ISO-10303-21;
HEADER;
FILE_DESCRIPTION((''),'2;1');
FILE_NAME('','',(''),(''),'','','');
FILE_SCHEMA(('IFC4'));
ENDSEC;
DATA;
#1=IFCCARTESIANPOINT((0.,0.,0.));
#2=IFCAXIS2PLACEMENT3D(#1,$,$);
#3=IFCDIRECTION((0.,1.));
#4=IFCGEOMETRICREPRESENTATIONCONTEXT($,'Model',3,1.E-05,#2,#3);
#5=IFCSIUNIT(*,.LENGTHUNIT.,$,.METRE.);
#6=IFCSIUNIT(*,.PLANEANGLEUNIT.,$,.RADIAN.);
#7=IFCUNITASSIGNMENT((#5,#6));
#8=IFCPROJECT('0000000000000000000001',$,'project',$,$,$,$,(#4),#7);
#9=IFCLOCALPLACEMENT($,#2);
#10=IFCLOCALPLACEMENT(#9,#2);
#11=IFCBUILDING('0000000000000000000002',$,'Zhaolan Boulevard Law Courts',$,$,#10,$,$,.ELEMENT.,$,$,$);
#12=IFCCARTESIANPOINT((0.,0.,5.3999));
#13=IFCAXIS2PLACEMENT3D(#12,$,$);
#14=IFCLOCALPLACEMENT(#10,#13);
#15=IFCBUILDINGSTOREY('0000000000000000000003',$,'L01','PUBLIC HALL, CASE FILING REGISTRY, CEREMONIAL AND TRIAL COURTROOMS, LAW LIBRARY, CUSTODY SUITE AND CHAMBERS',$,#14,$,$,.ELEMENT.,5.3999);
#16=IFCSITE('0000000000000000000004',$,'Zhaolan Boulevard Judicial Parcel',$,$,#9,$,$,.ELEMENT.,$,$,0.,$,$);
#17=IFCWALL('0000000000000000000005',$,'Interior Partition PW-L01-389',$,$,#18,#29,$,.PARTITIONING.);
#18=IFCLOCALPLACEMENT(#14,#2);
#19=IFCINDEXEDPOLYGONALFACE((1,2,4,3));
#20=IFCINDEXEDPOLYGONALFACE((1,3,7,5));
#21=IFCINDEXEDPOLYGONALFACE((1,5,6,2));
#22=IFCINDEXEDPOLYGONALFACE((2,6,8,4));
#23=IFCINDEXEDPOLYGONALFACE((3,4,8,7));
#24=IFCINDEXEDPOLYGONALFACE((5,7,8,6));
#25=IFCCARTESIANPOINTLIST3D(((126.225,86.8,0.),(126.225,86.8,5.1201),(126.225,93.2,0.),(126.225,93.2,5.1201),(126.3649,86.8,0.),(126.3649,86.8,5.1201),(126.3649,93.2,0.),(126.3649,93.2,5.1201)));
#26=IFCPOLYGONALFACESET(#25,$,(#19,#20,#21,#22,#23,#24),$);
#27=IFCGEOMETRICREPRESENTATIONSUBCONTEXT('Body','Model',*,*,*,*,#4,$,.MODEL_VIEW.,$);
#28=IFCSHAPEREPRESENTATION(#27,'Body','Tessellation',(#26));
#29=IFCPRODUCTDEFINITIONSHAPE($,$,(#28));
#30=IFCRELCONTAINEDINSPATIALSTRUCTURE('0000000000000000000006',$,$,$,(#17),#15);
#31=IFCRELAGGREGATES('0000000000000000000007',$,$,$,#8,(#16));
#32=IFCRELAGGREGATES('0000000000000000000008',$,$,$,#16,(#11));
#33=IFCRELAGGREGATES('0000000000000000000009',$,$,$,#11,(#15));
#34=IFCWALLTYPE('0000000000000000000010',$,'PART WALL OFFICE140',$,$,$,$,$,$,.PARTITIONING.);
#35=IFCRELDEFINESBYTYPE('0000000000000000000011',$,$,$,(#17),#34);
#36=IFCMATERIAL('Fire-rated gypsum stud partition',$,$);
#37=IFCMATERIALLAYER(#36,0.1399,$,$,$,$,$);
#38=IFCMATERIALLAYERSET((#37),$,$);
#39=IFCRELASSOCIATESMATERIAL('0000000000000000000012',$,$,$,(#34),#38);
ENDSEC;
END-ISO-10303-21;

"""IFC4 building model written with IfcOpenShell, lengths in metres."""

from ifc_helpers import new_model, si_unit, direction, frame, frame_2d, origin, place, context, subcontext, project, spatial, rectangle, extrude, material, layer, layer_set, type_object, element, save


model = new_model("IFC4")

# Units and contexts
model_context = context("Model", 3, precision=1e-05, world=origin(), true_north=direction((0.0, 1.0)))
body_context = subcontext(model_context, "Body", "Model", "MODEL_VIEW")
ifc_project = project(units=[si_unit("LENGTHUNIT", "METRE"), si_unit("PLANEANGLEUNIT", "RADIAN")], contexts=[model_context])

# Site, building, storey
site_placement = place(None, origin())
site = spatial("IfcSite", under=ifc_project, at=site_placement, Name="Zhaolan Boulevard Judicial Parcel", CompositionType="ELEMENT", RefElevation=0.0)
building_placement = place(site_placement, origin())
building = spatial("IfcBuilding", under=site, at=building_placement, Name="Zhaolan Boulevard Law Courts", CompositionType="ELEMENT")
storey_placement = place(building_placement, frame((0.0, 0.0, 5.3999)))
storey = spatial("IfcBuildingStorey", under=building, at=storey_placement, Name="L01", Description="PUBLIC HALL, CASE FILING REGISTRY, CEREMONIAL AND TRIAL COURTROOMS, LAW LIBRARY, CUSTODY SUITE AND CHAMBERS", CompositionType="ELEMENT", Elevation=5.3999)

# Wall
ifc_material_1 = material(Name="Fire-rated gypsum stud partition")
ifc_layer_1 = layer(ifc_material_1, 0.1399)
ifc_layer_set_1 = layer_set([ifc_layer_1])
wall_type_1 = type_object("IfcWallType", Name="PART WALL OFFICE140", PredefinedType="PARTITIONING", material=ifc_layer_set_1)
wall_1_placement = place(storey_placement, frame((126.2949, 86.8, 0.0), z_axis=(0.0, 0.0, 1.0), x_axis=(0.0, 1.0, 0.0)))
element("IfcWall", 1, at=wall_1_placement, inside=storey, type_object=wall_type_1, Name="Interior Partition PW-L01-389", PredefinedType="PARTITIONING", context=body_context, shape_type="SweptSolid", body=[
    extrude(rectangle(XDim=6.3999, YDim=0.1399, at=frame_2d((3.2, 0.0))), origin(), (0.0, 0.0, 1.0), 5.1201),
])

save(model, "model.ifc")
